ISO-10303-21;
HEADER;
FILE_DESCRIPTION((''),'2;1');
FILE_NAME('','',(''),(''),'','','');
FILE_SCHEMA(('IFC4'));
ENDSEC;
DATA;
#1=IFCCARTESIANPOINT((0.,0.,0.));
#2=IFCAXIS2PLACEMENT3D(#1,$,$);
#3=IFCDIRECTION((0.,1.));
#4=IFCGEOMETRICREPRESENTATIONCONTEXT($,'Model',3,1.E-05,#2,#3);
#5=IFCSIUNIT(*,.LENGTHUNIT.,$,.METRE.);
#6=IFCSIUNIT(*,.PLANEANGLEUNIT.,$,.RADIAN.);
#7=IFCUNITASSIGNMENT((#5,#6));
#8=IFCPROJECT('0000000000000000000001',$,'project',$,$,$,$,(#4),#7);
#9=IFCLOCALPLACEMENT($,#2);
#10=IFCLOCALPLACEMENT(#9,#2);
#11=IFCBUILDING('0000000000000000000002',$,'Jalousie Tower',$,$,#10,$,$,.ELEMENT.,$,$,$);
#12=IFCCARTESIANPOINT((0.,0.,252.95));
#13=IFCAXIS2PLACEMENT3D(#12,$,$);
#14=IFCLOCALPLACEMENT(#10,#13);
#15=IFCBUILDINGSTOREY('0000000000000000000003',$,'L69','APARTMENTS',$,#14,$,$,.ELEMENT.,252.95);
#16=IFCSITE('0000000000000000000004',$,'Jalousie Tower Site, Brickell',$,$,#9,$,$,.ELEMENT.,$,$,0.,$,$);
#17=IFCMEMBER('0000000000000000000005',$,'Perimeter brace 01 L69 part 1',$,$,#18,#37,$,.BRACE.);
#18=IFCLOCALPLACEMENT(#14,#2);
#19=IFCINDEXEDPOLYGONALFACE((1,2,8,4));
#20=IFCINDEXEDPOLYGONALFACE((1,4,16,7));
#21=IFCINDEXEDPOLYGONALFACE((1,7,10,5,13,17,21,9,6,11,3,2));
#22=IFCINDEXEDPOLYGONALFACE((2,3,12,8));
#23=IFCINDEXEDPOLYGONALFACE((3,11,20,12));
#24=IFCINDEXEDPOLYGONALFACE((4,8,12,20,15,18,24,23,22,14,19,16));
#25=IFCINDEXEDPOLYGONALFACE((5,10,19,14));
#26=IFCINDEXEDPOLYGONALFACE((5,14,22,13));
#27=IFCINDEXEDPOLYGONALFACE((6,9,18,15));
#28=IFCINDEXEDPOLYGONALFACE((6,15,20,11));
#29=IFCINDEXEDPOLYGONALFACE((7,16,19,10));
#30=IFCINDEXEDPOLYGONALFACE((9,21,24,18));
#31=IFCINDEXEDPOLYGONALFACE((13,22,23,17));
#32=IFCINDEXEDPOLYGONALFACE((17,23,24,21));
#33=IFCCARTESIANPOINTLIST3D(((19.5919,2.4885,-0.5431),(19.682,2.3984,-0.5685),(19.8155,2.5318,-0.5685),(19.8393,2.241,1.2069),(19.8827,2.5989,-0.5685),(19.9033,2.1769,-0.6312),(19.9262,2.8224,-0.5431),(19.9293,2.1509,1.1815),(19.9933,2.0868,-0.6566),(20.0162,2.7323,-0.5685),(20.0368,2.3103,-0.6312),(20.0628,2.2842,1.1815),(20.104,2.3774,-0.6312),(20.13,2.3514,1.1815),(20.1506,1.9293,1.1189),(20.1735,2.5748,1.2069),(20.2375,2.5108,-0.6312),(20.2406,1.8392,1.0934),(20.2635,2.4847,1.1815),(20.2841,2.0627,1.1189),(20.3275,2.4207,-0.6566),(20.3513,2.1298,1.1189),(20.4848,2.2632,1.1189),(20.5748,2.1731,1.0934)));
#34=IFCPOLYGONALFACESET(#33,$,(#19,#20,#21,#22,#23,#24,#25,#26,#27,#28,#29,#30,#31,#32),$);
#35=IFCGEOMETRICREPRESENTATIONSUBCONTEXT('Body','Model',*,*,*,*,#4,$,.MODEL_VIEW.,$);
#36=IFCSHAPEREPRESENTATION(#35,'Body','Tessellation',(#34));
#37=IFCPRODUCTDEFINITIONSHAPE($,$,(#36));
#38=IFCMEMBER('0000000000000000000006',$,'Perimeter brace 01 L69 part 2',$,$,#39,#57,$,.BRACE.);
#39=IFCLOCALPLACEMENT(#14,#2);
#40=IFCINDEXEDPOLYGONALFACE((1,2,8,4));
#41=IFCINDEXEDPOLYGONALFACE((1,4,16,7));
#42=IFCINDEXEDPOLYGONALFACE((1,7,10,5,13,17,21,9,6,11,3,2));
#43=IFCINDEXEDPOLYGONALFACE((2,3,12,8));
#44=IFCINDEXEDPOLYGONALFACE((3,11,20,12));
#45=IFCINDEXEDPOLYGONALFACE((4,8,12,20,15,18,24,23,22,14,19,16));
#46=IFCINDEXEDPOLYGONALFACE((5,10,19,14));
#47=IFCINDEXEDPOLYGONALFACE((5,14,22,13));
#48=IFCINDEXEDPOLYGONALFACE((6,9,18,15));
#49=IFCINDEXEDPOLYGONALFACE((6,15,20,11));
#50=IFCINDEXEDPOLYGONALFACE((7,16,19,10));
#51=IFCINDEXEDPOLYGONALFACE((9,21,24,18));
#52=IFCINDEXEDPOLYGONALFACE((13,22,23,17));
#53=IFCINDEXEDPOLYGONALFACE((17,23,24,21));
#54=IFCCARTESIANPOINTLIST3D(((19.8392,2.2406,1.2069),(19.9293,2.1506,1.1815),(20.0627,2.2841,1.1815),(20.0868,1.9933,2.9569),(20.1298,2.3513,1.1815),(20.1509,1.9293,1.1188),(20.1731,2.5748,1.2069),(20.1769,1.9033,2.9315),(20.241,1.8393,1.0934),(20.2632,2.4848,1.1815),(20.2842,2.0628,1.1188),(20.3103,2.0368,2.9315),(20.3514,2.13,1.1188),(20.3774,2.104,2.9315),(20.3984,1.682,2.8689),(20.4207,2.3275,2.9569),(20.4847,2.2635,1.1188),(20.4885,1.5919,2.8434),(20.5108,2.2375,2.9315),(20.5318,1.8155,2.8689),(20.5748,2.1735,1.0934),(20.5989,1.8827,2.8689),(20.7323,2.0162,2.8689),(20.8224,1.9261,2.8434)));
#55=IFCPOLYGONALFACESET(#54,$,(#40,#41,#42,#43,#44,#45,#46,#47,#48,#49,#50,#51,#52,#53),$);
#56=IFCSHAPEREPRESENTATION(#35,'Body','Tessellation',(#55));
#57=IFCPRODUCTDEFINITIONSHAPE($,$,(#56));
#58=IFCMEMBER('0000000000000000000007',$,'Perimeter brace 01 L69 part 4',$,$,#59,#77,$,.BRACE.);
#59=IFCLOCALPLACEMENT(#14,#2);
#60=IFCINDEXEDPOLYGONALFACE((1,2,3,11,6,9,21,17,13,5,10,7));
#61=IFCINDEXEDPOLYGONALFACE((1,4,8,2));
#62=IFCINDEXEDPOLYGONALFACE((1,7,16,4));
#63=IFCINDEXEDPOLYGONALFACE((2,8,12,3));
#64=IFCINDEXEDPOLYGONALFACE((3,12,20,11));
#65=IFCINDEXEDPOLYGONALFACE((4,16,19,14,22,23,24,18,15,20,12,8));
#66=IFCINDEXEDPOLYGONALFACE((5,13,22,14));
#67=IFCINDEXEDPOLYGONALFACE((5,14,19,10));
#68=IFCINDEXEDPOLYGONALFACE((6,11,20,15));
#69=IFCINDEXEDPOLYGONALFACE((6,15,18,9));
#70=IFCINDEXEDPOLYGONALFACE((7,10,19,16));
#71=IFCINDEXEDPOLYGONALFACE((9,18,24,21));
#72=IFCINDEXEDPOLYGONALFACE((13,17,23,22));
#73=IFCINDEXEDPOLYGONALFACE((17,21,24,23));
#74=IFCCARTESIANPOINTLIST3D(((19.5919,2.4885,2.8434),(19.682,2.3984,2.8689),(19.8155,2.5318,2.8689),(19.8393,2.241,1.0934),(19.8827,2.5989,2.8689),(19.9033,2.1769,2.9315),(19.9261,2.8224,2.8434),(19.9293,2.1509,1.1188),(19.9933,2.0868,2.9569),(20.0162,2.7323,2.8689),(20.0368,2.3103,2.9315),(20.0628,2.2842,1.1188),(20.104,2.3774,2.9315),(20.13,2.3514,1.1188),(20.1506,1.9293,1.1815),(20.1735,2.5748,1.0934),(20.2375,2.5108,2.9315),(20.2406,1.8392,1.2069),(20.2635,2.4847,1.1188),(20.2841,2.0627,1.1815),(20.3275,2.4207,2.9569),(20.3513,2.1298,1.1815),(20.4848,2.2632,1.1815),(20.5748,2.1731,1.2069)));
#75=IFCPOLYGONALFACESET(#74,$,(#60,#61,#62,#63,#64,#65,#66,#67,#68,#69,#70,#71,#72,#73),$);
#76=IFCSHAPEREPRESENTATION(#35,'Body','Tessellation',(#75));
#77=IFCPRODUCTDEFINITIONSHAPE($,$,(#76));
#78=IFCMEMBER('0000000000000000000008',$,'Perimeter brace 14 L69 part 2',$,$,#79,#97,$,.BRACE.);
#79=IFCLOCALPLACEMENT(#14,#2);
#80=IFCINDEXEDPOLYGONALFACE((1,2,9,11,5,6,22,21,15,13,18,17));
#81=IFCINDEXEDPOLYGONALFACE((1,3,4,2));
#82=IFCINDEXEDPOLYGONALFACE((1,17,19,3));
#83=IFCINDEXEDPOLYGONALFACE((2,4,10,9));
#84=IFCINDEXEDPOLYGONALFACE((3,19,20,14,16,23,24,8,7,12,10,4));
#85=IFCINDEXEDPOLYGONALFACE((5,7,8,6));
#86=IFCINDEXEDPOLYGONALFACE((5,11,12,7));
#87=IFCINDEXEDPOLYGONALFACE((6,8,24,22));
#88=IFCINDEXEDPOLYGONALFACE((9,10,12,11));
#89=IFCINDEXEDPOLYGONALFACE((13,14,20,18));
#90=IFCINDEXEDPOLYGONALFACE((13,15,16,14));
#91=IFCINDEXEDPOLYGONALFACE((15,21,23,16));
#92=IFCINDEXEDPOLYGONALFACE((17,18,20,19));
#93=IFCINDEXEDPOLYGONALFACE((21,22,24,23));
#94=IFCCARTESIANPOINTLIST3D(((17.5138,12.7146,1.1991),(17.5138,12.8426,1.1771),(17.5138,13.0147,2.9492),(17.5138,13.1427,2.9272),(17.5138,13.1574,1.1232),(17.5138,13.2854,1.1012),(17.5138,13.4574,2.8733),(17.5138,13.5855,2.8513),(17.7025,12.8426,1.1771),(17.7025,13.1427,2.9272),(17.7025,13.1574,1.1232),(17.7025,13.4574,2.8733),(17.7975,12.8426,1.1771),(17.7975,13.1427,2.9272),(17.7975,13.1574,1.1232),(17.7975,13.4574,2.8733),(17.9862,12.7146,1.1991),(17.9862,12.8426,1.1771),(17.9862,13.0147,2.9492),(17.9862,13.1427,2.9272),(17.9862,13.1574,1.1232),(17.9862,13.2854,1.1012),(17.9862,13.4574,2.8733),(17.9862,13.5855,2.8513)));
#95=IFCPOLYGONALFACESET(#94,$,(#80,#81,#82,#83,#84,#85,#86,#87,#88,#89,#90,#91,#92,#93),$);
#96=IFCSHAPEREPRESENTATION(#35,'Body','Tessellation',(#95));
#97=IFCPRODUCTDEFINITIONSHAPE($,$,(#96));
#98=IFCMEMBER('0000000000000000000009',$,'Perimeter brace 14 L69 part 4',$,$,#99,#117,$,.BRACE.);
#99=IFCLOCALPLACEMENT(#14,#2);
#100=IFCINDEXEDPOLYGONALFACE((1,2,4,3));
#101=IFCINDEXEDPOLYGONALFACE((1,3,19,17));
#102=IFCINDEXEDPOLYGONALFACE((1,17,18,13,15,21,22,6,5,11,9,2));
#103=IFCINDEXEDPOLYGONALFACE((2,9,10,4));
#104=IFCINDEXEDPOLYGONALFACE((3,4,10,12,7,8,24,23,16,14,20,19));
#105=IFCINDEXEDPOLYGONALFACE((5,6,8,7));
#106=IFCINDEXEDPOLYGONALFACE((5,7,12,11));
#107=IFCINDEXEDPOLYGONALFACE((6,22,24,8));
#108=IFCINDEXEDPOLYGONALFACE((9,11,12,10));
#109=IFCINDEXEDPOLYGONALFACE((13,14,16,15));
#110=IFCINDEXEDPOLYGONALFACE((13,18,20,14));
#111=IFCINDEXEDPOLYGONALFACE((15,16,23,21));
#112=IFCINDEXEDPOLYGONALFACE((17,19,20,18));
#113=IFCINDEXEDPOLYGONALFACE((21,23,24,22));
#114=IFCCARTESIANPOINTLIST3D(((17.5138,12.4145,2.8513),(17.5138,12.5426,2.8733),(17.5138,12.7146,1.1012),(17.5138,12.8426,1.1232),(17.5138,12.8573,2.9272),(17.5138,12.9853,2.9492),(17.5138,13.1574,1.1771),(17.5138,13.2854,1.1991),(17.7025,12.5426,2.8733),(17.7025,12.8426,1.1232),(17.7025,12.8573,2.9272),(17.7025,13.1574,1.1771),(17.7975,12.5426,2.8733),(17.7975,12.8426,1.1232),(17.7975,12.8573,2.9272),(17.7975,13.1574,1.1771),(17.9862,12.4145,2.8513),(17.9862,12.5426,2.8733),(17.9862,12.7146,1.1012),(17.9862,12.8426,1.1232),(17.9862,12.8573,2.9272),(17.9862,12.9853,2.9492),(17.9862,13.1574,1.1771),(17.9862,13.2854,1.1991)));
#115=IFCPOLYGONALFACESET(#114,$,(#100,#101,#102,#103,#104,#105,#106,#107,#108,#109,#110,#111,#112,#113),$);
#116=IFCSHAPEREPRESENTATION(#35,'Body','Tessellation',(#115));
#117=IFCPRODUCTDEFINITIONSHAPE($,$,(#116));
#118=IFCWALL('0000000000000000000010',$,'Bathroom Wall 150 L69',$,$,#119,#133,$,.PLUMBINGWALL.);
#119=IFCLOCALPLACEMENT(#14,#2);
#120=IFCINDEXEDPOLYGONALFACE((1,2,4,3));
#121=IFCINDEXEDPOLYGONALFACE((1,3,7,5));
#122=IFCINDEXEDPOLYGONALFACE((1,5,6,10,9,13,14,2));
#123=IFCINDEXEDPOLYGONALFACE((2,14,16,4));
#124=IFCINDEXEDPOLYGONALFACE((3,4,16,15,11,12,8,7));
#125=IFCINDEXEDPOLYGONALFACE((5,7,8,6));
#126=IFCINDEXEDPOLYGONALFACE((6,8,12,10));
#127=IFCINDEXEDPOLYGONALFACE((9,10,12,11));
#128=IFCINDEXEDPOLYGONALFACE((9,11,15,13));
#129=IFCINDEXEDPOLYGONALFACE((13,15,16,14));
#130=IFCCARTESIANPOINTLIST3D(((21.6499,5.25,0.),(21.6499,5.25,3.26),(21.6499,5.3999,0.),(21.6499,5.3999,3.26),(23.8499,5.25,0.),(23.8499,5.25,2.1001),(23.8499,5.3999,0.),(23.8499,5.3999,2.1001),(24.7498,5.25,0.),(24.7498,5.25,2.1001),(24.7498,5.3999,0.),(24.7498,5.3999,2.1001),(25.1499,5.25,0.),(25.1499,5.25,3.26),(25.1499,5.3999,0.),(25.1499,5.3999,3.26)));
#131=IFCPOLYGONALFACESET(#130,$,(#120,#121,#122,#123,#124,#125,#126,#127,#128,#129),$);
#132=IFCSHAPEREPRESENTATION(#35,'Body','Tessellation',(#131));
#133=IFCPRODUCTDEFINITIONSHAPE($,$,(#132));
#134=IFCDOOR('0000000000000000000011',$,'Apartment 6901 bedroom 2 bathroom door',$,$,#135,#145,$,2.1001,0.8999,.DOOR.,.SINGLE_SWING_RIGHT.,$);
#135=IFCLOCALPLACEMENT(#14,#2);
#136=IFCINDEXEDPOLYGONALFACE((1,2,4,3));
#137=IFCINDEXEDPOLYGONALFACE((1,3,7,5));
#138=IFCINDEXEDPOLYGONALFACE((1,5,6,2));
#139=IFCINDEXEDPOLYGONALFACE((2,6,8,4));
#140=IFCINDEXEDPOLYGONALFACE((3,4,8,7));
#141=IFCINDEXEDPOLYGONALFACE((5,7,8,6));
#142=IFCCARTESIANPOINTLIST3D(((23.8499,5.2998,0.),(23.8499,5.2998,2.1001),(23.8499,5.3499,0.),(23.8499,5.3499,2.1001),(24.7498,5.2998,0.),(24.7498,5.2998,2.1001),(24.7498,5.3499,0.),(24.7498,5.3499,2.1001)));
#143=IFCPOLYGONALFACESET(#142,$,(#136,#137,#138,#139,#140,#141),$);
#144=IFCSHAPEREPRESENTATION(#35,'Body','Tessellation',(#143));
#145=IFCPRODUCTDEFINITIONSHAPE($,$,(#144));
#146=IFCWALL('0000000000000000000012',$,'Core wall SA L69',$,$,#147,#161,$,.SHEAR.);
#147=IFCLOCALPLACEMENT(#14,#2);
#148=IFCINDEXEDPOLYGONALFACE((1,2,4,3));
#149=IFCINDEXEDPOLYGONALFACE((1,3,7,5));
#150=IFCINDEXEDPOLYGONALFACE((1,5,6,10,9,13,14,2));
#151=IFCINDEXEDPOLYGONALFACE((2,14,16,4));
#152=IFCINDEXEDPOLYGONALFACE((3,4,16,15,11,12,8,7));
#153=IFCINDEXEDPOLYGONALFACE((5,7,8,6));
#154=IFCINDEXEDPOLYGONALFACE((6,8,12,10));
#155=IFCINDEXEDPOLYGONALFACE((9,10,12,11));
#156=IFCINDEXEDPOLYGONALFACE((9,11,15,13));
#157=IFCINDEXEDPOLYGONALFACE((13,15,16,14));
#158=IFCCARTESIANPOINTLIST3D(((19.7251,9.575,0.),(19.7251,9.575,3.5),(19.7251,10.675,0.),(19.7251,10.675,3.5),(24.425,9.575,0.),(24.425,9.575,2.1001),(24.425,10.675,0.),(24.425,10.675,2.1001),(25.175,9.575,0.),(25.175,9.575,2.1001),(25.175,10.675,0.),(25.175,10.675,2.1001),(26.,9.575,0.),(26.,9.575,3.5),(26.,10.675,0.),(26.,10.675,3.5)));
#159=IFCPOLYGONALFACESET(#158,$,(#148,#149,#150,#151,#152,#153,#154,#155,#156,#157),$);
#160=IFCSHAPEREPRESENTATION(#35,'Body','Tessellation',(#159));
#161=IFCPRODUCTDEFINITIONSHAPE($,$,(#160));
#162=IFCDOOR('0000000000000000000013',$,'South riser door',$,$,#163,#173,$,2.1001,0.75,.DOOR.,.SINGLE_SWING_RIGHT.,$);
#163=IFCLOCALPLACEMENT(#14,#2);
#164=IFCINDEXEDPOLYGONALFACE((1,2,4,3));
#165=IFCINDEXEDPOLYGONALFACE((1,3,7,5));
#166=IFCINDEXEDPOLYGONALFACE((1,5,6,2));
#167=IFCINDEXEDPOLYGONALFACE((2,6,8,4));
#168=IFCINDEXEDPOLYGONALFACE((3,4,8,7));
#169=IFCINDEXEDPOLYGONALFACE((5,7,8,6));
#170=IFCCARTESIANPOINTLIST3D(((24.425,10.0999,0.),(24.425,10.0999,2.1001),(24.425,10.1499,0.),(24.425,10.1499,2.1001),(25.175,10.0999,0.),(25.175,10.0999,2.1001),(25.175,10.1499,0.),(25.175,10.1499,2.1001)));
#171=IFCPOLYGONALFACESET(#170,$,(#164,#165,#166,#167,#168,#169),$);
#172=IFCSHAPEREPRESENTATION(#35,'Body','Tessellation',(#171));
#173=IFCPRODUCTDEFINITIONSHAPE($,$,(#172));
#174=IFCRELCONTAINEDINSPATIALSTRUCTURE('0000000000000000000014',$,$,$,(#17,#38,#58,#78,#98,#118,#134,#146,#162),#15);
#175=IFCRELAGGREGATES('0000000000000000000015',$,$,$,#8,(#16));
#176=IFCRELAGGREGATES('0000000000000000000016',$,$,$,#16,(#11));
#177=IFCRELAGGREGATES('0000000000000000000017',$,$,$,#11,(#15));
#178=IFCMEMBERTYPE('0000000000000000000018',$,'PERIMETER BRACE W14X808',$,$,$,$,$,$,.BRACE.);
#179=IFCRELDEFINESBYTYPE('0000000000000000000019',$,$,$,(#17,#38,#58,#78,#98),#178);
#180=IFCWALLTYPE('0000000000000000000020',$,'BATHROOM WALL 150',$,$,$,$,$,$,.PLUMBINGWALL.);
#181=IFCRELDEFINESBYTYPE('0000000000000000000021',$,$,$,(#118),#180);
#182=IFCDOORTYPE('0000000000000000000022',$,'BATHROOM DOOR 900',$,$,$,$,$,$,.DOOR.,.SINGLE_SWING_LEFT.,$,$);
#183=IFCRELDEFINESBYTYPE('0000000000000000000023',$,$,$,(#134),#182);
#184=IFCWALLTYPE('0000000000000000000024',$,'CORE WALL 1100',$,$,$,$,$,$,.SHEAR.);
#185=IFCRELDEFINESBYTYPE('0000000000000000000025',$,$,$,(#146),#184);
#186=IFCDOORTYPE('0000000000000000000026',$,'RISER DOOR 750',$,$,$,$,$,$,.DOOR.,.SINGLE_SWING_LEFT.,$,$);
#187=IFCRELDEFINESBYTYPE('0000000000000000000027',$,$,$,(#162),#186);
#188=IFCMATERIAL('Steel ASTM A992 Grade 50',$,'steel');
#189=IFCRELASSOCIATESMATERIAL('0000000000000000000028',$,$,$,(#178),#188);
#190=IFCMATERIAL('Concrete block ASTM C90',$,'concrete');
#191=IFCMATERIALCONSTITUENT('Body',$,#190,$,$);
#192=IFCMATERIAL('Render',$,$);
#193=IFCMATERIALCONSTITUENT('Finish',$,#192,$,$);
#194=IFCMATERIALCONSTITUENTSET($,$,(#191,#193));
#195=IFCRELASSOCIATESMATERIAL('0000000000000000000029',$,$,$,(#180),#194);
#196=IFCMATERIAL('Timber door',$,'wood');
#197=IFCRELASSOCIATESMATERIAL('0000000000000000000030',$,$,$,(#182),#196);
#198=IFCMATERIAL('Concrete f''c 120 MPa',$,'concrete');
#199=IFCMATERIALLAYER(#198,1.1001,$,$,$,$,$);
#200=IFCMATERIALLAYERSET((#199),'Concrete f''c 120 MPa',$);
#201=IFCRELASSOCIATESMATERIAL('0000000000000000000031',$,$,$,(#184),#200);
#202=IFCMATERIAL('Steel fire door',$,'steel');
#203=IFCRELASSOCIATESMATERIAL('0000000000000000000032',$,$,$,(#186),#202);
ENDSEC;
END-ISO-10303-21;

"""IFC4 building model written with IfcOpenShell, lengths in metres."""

from ifc_helpers import new_model, si_unit, direction, frame, frame_2d, origin, origin_2d, place, context, subcontext, project, spatial, rectangle, i_section, extrude, material, layer, layer_set, constituent, constituent_set, material_profile, profile_set, type_object, element, fill, save


model = new_model("IFC4")

# Units and contexts
model_context = context("Model", 3, precision=1e-05, world=origin(), true_north=direction((0.0, 1.0)))
body_context = subcontext(model_context, "Body", "Model", "MODEL_VIEW")
ifc_project = project(units=[si_unit("LENGTHUNIT", "METRE"), si_unit("PLANEANGLEUNIT", "RADIAN")], contexts=[model_context])

# Site, building, storey
site_placement = place(None, origin())
site = spatial("IfcSite", under=ifc_project, at=site_placement, Name="Jalousie Tower Site, Brickell", CompositionType="ELEMENT", RefElevation=0.0)
building_placement = place(site_placement, origin())
building = spatial("IfcBuilding", under=site, at=building_placement, Name="Jalousie Tower", CompositionType="ELEMENT")
storey_placement = place(building_placement, frame((0.0, 0.0, 252.95)))
storey = spatial("IfcBuildingStorey", under=building, at=storey_placement, Name="L69", Description="APARTMENTS", CompositionType="ELEMENT", Elevation=252.95)

# Members
ifc_material_1 = material(Name="Steel ASTM A992 Grade 50", Category="steel")
ifc_material_profile = material_profile(ifc_material_1, i_section(OverallWidth=0.4724, OverallDepth=0.5791, WebThickness=0.095, FlangeThickness=0.1299, at=origin_2d()), Name="W14X808")
ifc_profile_set = profile_set([ifc_material_profile], Name="Steel ASTM A992 Grade 50")
member_type = type_object("IfcMemberType", Name="PERIMETER BRACE W14X808", PredefinedType="BRACE", material=ifc_profile_set)
for number, where, z_axis, x_axis, name in (
    (1, (19.9597, 2.4546, -0.5999), (0.138579, -0.138716, 0.980588), (0.707456, 0.706758, 0.0), "Perimeter brace 01 L69 part 1"),
    (2, (20.207, 2.207, 1.1501), (0.138716, -0.138579, 0.980588), (0.706758, 0.707456, 0.0), "Perimeter brace 01 L69 part 2"),
    (3, (20.207, 2.207, 1.1501), (-0.138579, 0.138716, 0.980588), (-0.707456, -0.706758, 0.0), "Perimeter brace 01 L69 part 4"),
):
    element("IfcMember", number, at=place(storey_placement, frame(where, z_axis=z_axis, x_axis=x_axis)), inside=storey, type_object=member_type, Name=name, PredefinedType="BRACE", context=body_context, shape_type="SweptSolid", body=[
        extrude(i_section(OverallWidth=0.4724, OverallDepth=0.5791, WebThickness=0.095, FlangeThickness=0.1299, at=origin_2d()), origin(), (0.0, 0.0, 1.0), 1.7847),
    ])
for number, where, z_axis, x_axis, name in (
    (4, (17.75, 13.0, 1.1501), (0.0, 0.168991, 0.985618), (-1.0, 0.0, 0.0), "Perimeter brace 14 L69 part 2"),
    (5, (17.75, 13.0, 1.1501), (0.0, -0.168991, 0.985618), (1.0, 0.0, 0.0), "Perimeter brace 14 L69 part 4"),
):
    element("IfcMember", number, at=place(storey_placement, frame(where, z_axis=z_axis, x_axis=x_axis)), inside=storey, type_object=member_type, Name=name, PredefinedType="BRACE", context=body_context, shape_type="SweptSolid", body=[
        extrude(i_section(OverallWidth=0.4724, OverallDepth=0.5791, WebThickness=0.095, FlangeThickness=0.1299, at=origin_2d()), origin(), (0.0, 0.0, 1.0), 1.7756),
    ])

# Walls, openings, doors
ifc_material_2 = material(Name="Concrete block ASTM C90", Category="concrete")
ifc_constituent_1 = constituent(ifc_material_2, Name="Body")
ifc_material_3 = material(Name="Render")
ifc_constituent_2 = constituent(ifc_material_3, Name="Finish")
ifc_constituent_set_1 = constituent_set(constituents=[ifc_constituent_1, ifc_constituent_2])
wall_type_1 = type_object("IfcWallType", Name="BATHROOM WALL 150", PredefinedType="PLUMBINGWALL", material=ifc_constituent_set_1)
wall_1_placement = place(storey_placement, frame((21.6499, 5.325, 0.0), z_axis=(0.0, 0.0, 1.0), x_axis=(1.0, 0.0, 0.0)))
wall_1 = element("IfcWall", 6, at=wall_1_placement, inside=storey, type_object=wall_type_1, Name="Bathroom Wall 150 L69", PredefinedType="PLUMBINGWALL", context=body_context, shape_type="SweptSolid", body=[
    extrude(rectangle(XDim=3.5, YDim=0.1499, at=frame_2d((1.75, 0.0))), origin(), (0.0, 0.0, 1.0), 3.26),
])
opening_1_placement = place(wall_1_placement, frame((2.2, 0.0, 0.0)))
opening_1 = element("IfcOpeningElement", 7, at=opening_1_placement, cuts=wall_1, PredefinedType="OPENING", context=body_context, shape_type="SweptSolid", body=[
    extrude(rectangle(XDim=0.8999, YDim=2.1001, at=frame_2d((0.45, 1.05))), frame((0.0, 0.085, 0.0), z_axis=(0.0, -1.0, 0.0), x_axis=(1.0, 0.0, 0.0)), (0.0, 0.0, 1.0), 0.1699),
])
ifc_material_4 = material(Name="Timber door", Category="wood")
door_type_1 = type_object("IfcDoorType", Name="BATHROOM DOOR 900", OperationType="SINGLE_SWING_LEFT", PredefinedType="DOOR", material=ifc_material_4)
door_1_placement = place(opening_1_placement, origin())
door_1 = element("IfcDoor", 8, at=door_1_placement, inside=storey, type_object=door_type_1, Name="Apartment 6901 bedroom 2 bathroom door", OperationType="SINGLE_SWING_RIGHT", OverallHeight=2.1001, OverallWidth=0.8999, PredefinedType="DOOR", context=body_context, shape_type="SweptSolid", body=[
    extrude(rectangle(XDim=0.8999, YDim=2.1001, at=frame_2d((0.45, 1.05))), frame((0.0, 0.0249, 0.0), z_axis=(0.0, -1.0, 0.0), x_axis=(1.0, 0.0, 0.0)), (0.0, 0.0, 1.0), 0.05),
])
fill(opening_1, door_1)
ifc_material_5 = material(Name="Concrete f'c 120 MPa", Category="concrete")
ifc_layer = layer(ifc_material_5, 1.1001)
ifc_layer_set = layer_set([ifc_layer], Name="Concrete f'c 120 MPa")
wall_type_2 = type_object("IfcWallType", Name="CORE WALL 1100", PredefinedType="SHEAR", material=ifc_layer_set)
wall_2_placement = place(storey_placement, frame((19.7251, 10.125, 0.0), z_axis=(0.0, 0.0, 1.0), x_axis=(1.0, 0.0, 0.0)))
wall_2 = element("IfcWall", 9, at=wall_2_placement, inside=storey, type_object=wall_type_2, Name="Core wall SA L69", PredefinedType="SHEAR", context=body_context, shape_type="SweptSolid", body=[
    extrude(rectangle(XDim=6.2749, YDim=1.1001, at=frame_2d((3.1375, 0.0))), origin(), (0.0, 0.0, 1.0), 3.5),
])
opening_2_placement = place(wall_2_placement, frame((4.7, 0.0, 0.0)))
opening_2 = element("IfcOpeningElement", 10, at=opening_2_placement, cuts=wall_2, PredefinedType="OPENING", context=body_context, shape_type="SweptSolid", body=[
    extrude(rectangle(XDim=0.75, YDim=2.1001, at=frame_2d((0.375, 1.05))), frame((0.0, 0.5601, 0.0), z_axis=(0.0, -1.0, 0.0), x_axis=(1.0, 0.0, 0.0)), (0.0, 0.0, 1.0), 1.1201),
])
ifc_material_6 = material(Name="Steel fire door", Category="steel")
door_type_2 = type_object("IfcDoorType", Name="RISER DOOR 750", OperationType="SINGLE_SWING_LEFT", PredefinedType="DOOR", material=ifc_material_6)
door_2_placement = place(opening_2_placement, origin())
door_2 = element("IfcDoor", 11, at=door_2_placement, inside=storey, type_object=door_type_2, Name="South riser door", OperationType="SINGLE_SWING_RIGHT", OverallHeight=2.1001, OverallWidth=0.75, PredefinedType="DOOR", context=body_context, shape_type="SweptSolid", body=[
    extrude(rectangle(XDim=0.75, YDim=2.1001, at=frame_2d((0.375, 1.05))), frame((0.0, 0.0249, 0.0), z_axis=(0.0, -1.0, 0.0), x_axis=(1.0, 0.0, 0.0)), (0.0, 0.0, 1.0), 0.05),
])
fill(opening_2, door_2)

save(model, "model.ifc")
